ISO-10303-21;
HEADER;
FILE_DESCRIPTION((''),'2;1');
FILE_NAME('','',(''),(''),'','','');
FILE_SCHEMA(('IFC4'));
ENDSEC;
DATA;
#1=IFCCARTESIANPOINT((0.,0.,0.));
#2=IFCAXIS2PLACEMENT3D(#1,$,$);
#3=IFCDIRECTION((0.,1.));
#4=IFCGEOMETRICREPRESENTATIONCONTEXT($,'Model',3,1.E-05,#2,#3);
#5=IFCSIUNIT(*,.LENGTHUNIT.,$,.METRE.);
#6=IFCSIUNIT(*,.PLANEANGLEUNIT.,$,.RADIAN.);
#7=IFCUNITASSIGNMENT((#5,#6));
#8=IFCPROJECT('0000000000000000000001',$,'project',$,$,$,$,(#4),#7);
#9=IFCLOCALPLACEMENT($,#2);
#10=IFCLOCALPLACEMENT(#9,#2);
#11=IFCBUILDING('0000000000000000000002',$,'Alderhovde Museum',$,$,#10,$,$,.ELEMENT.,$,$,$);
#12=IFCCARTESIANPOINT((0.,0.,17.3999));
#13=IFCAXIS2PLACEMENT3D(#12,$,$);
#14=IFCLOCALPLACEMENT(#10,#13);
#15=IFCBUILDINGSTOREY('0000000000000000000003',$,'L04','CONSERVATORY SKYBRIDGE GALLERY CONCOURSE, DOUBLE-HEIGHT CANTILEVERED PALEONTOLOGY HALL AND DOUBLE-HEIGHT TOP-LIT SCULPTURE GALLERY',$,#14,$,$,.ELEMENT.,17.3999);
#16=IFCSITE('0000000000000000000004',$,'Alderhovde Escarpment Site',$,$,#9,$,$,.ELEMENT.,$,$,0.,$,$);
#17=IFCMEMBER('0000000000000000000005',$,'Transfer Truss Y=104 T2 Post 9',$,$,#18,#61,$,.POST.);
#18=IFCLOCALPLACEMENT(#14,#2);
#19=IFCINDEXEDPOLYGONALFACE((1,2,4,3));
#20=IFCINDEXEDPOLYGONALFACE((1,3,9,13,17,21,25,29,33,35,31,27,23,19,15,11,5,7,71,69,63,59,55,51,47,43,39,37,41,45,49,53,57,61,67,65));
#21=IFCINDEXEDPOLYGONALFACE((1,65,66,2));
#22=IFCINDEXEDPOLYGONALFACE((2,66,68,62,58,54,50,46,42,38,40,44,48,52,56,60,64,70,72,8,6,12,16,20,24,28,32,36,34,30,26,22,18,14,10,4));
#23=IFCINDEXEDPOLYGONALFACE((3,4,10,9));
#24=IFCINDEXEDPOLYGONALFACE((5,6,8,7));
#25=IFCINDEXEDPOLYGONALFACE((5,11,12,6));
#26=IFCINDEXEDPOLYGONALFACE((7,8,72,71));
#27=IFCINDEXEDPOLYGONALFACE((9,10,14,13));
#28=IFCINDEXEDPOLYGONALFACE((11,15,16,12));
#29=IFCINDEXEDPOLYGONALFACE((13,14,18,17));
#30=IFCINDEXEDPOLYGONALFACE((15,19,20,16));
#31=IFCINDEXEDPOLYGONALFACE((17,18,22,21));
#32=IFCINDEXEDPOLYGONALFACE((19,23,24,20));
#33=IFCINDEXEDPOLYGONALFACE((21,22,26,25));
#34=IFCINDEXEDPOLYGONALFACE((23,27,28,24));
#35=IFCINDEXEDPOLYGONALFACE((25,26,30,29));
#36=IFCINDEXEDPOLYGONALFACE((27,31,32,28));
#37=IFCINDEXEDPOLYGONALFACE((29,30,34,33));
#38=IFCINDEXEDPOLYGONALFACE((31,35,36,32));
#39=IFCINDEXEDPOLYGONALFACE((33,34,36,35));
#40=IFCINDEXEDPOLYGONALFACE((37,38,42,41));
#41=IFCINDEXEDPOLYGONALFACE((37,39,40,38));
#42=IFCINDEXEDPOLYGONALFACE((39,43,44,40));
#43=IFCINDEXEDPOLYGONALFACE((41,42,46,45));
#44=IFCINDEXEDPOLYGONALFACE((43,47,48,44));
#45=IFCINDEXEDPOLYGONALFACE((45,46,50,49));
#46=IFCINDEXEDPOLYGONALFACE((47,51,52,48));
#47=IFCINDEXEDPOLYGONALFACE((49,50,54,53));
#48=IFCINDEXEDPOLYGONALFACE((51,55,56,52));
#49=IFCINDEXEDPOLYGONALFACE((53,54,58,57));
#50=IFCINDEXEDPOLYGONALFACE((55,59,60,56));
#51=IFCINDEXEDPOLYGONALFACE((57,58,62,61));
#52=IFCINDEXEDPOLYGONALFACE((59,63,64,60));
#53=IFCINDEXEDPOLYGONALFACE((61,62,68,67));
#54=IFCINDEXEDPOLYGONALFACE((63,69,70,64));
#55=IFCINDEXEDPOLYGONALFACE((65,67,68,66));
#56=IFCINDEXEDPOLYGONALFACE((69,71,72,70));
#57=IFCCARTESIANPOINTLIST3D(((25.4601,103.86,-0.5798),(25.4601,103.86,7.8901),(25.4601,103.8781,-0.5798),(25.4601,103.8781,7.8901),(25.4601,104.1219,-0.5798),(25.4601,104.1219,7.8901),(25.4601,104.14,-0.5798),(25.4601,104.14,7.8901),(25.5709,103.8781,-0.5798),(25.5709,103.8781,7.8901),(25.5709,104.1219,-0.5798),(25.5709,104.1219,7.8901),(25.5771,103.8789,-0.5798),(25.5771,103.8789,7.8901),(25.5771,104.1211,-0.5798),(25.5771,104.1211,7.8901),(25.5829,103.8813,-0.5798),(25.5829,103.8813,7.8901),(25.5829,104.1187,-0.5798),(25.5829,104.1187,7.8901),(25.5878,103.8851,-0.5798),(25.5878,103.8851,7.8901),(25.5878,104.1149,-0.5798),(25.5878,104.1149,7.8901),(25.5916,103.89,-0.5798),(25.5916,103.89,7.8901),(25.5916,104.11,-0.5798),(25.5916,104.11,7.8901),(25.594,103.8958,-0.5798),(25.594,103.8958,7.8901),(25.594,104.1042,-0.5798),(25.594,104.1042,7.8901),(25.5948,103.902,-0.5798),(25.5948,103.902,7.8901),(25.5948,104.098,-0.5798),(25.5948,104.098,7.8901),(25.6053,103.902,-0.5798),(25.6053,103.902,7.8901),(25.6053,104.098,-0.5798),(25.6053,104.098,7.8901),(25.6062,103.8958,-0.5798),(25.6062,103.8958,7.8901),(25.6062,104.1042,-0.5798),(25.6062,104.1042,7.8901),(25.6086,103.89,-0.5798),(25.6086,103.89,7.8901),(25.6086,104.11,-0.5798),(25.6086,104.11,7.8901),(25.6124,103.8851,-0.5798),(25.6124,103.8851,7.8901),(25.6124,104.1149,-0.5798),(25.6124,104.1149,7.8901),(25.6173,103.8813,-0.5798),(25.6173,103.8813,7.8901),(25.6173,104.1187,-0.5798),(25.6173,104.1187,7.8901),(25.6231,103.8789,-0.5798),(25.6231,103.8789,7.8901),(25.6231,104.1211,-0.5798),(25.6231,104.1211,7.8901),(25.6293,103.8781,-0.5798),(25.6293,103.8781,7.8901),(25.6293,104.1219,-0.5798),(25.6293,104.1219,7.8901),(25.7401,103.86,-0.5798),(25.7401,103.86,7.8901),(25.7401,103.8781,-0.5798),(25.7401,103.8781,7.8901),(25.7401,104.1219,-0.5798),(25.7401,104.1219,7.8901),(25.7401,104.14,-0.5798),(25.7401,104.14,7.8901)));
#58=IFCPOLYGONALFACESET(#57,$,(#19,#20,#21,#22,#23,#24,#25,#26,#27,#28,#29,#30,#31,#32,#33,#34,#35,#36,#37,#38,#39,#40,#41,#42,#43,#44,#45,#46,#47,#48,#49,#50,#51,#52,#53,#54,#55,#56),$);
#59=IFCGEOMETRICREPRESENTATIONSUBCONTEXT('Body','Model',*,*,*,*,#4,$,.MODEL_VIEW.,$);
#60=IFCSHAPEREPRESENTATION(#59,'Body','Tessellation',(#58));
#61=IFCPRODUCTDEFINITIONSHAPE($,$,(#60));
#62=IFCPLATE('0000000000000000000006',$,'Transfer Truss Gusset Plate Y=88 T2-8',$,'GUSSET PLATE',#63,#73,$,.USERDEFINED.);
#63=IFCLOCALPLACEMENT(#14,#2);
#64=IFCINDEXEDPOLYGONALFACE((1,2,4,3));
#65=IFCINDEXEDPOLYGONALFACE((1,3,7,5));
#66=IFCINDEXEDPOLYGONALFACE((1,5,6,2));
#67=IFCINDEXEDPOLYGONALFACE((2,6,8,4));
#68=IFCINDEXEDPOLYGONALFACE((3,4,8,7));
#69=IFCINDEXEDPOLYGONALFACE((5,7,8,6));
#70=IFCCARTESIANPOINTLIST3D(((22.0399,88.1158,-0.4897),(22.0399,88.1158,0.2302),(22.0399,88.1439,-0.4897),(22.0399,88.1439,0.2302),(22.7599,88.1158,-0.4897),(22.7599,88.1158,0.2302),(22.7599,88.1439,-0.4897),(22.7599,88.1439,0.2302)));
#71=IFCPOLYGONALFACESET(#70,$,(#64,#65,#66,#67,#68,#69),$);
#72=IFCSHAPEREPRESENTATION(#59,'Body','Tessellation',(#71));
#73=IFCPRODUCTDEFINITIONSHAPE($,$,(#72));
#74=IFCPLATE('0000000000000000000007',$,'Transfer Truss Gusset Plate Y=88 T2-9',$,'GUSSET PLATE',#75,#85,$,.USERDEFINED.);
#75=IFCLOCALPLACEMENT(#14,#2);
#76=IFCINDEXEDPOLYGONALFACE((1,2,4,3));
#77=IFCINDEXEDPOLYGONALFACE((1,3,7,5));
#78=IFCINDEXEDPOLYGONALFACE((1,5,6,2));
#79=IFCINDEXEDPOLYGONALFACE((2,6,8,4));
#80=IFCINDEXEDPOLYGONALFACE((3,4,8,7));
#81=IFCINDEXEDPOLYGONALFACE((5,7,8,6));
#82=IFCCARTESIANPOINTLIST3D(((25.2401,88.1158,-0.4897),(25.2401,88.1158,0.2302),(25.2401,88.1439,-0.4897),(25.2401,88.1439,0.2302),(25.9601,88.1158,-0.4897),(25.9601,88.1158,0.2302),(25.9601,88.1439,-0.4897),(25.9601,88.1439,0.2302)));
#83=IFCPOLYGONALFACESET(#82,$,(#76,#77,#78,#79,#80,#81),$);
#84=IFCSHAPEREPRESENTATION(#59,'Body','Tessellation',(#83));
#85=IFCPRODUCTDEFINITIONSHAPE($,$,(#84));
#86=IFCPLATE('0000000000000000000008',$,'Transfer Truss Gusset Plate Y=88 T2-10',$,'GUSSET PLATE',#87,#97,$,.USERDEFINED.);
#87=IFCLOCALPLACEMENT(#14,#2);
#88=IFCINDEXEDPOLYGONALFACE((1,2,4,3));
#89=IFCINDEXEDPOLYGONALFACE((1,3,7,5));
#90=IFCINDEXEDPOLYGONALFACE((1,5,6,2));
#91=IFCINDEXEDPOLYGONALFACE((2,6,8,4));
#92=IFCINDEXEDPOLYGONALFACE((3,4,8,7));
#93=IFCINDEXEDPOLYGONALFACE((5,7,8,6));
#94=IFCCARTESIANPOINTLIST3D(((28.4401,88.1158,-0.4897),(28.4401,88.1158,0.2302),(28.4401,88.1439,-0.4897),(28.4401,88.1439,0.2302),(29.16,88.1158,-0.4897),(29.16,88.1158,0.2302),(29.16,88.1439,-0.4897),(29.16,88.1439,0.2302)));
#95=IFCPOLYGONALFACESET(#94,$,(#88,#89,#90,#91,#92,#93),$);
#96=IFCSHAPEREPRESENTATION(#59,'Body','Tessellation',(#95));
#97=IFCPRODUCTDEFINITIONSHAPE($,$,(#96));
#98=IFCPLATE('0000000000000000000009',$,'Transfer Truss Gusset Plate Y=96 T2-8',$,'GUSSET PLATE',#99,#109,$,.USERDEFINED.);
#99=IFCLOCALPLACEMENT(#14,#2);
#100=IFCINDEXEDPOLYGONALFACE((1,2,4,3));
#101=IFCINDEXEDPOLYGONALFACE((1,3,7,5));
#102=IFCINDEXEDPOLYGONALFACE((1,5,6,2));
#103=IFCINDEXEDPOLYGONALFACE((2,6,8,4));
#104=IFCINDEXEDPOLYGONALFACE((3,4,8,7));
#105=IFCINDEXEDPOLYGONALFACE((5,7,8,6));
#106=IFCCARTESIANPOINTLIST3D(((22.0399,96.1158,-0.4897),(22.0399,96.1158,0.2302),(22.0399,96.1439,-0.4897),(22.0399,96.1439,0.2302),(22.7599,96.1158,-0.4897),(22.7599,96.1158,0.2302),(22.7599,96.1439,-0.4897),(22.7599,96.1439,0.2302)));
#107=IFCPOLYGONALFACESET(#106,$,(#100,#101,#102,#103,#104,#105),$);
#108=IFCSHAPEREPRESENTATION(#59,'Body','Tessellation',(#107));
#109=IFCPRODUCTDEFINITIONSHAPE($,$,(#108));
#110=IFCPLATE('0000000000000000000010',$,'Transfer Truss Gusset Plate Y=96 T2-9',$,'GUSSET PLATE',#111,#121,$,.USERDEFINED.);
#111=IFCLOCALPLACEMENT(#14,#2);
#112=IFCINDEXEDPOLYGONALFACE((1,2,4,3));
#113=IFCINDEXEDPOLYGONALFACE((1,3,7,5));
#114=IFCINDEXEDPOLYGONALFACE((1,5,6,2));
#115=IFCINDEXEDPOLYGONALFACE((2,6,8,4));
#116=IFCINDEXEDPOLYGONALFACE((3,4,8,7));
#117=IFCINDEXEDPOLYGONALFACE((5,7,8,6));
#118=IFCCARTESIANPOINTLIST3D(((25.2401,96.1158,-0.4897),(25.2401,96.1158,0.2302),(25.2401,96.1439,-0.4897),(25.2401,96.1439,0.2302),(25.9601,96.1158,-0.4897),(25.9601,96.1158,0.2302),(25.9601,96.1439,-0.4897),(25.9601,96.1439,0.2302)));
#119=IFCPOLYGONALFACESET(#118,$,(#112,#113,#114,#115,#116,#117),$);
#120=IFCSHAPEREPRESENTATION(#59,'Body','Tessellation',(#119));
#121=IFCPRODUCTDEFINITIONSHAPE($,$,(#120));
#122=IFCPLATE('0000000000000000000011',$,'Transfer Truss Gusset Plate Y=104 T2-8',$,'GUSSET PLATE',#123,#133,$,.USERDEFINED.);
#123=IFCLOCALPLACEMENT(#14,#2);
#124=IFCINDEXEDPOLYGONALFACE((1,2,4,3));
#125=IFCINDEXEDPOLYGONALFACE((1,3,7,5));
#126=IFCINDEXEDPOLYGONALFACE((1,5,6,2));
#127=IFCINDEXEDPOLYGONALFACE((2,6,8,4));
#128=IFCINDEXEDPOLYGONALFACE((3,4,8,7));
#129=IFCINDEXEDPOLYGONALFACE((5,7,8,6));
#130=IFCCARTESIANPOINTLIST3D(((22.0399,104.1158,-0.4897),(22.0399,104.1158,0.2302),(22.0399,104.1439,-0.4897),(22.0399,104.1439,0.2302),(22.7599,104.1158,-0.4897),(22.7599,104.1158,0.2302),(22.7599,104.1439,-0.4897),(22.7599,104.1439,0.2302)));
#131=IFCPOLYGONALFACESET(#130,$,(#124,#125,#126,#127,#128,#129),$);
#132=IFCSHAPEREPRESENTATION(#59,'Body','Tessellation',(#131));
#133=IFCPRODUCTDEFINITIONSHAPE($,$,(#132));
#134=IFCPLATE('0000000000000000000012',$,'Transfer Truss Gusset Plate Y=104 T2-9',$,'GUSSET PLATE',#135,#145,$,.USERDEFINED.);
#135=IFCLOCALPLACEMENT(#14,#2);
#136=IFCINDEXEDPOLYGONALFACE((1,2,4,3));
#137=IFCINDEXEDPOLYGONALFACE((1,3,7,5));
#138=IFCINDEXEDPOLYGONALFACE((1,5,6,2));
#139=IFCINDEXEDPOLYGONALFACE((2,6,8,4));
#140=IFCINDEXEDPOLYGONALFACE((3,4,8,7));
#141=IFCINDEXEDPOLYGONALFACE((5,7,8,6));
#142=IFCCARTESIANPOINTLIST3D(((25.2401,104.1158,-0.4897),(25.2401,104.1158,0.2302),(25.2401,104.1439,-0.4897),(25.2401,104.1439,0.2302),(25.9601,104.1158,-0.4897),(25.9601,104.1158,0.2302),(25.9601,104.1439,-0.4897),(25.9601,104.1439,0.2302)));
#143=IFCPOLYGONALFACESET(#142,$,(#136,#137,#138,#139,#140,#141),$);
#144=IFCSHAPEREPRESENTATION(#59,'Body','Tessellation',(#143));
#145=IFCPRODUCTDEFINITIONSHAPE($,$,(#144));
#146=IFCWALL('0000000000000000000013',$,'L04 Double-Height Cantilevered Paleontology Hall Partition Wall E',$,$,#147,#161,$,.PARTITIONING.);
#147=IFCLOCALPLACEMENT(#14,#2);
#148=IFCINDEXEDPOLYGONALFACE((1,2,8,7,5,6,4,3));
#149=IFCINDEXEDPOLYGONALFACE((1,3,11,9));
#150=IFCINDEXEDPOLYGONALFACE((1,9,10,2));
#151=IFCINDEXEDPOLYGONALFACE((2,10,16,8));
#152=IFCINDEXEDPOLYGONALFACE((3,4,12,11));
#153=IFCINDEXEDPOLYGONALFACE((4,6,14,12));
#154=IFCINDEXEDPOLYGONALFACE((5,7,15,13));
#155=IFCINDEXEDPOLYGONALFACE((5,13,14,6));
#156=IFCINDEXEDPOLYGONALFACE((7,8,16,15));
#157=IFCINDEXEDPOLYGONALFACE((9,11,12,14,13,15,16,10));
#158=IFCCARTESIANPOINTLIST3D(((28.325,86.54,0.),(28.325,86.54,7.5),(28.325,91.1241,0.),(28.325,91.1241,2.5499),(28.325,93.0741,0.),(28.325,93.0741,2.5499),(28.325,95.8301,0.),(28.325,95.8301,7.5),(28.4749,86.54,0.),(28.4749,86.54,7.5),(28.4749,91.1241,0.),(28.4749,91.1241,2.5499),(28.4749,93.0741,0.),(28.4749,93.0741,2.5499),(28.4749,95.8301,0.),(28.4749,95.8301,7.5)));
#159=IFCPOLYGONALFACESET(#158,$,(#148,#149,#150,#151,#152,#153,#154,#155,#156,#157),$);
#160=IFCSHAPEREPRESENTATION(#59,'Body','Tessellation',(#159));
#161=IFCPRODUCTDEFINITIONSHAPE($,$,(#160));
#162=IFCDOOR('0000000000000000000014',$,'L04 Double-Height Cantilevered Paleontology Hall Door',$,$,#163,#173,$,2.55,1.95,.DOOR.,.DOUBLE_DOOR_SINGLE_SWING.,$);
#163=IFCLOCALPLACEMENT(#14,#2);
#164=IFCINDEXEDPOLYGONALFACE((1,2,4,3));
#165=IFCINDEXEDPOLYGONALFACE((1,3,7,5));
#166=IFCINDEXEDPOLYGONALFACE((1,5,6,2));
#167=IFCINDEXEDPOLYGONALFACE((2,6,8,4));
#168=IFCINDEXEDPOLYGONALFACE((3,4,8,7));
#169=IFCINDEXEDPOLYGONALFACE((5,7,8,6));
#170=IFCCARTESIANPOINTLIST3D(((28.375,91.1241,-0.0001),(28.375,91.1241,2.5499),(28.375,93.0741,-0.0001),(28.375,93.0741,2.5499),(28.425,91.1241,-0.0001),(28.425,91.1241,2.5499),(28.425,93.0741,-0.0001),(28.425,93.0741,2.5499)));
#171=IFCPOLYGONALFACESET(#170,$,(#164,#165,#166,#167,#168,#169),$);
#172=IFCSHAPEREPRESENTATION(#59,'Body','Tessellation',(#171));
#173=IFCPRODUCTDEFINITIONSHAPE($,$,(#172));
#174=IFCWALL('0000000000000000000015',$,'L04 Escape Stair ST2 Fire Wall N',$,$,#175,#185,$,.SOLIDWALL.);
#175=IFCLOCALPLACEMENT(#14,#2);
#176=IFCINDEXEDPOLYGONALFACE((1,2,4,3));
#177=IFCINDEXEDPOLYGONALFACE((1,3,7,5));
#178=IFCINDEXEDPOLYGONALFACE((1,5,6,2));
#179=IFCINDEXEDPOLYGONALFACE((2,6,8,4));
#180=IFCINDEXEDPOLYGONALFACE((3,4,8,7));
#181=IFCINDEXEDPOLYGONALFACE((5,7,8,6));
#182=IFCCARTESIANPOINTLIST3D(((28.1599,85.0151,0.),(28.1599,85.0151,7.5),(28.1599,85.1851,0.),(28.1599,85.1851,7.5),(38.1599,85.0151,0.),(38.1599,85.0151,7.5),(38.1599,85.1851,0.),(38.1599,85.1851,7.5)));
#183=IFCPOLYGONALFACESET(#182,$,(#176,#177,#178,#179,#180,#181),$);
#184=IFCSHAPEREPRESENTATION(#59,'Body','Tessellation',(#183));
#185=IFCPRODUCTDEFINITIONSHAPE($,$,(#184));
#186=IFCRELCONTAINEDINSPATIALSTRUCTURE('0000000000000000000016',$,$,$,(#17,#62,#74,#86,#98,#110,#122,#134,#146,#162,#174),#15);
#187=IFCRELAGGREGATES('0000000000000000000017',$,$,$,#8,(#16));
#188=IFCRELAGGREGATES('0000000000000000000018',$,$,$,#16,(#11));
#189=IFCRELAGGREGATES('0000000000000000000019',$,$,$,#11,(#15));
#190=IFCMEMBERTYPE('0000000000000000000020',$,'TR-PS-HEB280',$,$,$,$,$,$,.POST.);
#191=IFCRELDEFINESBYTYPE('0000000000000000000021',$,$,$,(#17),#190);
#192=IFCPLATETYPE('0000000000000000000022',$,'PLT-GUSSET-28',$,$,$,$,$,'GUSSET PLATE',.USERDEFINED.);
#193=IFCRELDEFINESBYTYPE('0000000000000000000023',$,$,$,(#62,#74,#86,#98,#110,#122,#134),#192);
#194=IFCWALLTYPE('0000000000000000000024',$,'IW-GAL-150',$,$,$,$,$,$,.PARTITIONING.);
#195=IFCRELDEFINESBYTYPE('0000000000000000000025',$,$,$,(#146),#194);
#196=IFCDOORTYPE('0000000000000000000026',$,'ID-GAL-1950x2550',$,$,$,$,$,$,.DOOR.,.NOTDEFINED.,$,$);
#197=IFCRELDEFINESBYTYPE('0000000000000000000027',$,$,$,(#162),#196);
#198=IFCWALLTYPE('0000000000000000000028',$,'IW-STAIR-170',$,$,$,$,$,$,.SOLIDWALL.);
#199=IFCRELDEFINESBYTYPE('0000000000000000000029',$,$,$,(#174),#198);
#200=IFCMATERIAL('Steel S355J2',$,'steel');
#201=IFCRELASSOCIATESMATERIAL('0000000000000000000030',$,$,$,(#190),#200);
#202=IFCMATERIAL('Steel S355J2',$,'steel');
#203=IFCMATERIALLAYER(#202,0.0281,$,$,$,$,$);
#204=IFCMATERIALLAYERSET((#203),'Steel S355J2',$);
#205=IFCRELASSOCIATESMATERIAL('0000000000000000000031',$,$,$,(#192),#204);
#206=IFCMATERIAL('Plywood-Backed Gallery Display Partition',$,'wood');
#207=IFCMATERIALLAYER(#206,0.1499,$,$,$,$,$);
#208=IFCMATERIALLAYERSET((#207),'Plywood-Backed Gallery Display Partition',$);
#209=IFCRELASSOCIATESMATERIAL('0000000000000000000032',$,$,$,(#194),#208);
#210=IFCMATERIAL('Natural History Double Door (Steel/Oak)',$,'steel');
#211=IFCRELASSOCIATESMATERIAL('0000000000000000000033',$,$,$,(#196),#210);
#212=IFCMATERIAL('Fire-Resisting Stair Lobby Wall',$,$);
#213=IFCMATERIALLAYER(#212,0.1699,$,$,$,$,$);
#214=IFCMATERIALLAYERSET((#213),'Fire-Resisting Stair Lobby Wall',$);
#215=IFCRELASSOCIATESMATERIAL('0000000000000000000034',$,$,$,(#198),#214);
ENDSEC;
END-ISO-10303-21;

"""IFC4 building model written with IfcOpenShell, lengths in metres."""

from ifc_helpers import new_model, si_unit, direction, frame, frame_2d, origin, origin_2d, place, context, subcontext, project, spatial, rectangle, i_section, extrude, material, layer, layer_set, material_profile, profile_set, type_object, element, fill, save


model = new_model("IFC4")

# Units and contexts
model_context = context("Model", 3, precision=1e-05, world=origin(), true_north=direction((0.0, 1.0)))
body_context = subcontext(model_context, "Body", "Model", "MODEL_VIEW")
ifc_project = project(units=[si_unit("LENGTHUNIT", "METRE"), si_unit("PLANEANGLEUNIT", "RADIAN")], contexts=[model_context])

# Site, building, storey
site_placement = place(None, origin())
site = spatial("IfcSite", under=ifc_project, at=site_placement, Name="Alderhovde Escarpment Site", CompositionType="ELEMENT", RefElevation=0.0)
building_placement = place(site_placement, origin())
building = spatial("IfcBuilding", under=site, at=building_placement, Name="Alderhovde Museum", CompositionType="ELEMENT")
storey_placement = place(building_placement, frame((0.0, 0.0, 17.3999)))
storey = spatial("IfcBuildingStorey", under=building, at=storey_placement, Name="L04", Description="CONSERVATORY SKYBRIDGE GALLERY CONCOURSE, DOUBLE-HEIGHT CANTILEVERED PALEONTOLOGY HALL AND DOUBLE-HEIGHT TOP-LIT SCULPTURE GALLERY", CompositionType="ELEMENT", Elevation=17.3999)

# Member
ifc_material_1 = material(Name="Steel S355J2", Category="steel")
ifc_material_profile_1 = material_profile(ifc_material_1, i_section(OverallWidth=0.28, OverallDepth=0.28, WebThickness=0.0105, FlangeThickness=0.0181, FilletRadius=0.0239, at=origin_2d()), Name="HEB 280")
ifc_profile_set_1 = profile_set([ifc_material_profile_1], Name="Steel S355J2")
member_type_1 = type_object("IfcMemberType", Name="TR-PS-HEB280", PredefinedType="POST", material=ifc_profile_set_1)
for number, where, z_axis, x_axis, name in (
    (1, (25.6001, 104.0, -0.5798), (0.0, 0.0, 1.0), (1.0, 0.0, 0.0), "Transfer Truss Y=104 T2 Post 9"),
):
    element("IfcMember", number, at=place(storey_placement, frame(where, z_axis=z_axis, x_axis=x_axis)), inside=storey, type_object=member_type_1, Name=name, PredefinedType="POST", context=body_context, shape_type="SweptSolid", body=[
        extrude(i_section(OverallWidth=0.28, OverallDepth=0.28, WebThickness=0.0105, FlangeThickness=0.0181, FilletRadius=0.0239, at=origin_2d()), origin(), (0.0, 0.0, 1.0), 8.47),
    ])

# Plates
ifc_material_2 = material(Name="Steel S355J2", Category="steel")
ifc_layer_1 = layer(ifc_material_2, 0.0281)
ifc_layer_set_1 = layer_set([ifc_layer_1], Name="Steel S355J2")
plate_type = type_object("IfcPlateType", Name="PLT-GUSSET-28", ElementType="GUSSET PLATE", PredefinedType="USERDEFINED", material=ifc_layer_set_1)
for number, where, z_axis, x_axis, name in (
    (2, (22.3999, 88.1299, -0.4897), (0.0, 0.0, 1.0), (1.0, 0.0, 0.0), "Transfer Truss Gusset Plate Y=88 T2-8"),
    (3, (25.6001, 88.1299, -0.4897), (0.0, 0.0, 1.0), (1.0, 0.0, 0.0), "Transfer Truss Gusset Plate Y=88 T2-9"),
    (4, (28.8, 88.1299, -0.4897), (0.0, 0.0, 1.0), (1.0, 0.0, 0.0), "Transfer Truss Gusset Plate Y=88 T2-10"),
    (5, (22.3999, 96.1299, -0.4897), (0.0, 0.0, 1.0), (1.0, 0.0, 0.0), "Transfer Truss Gusset Plate Y=96 T2-8"),
    (6, (25.6001, 96.1299, -0.4897), (0.0, 0.0, 1.0), (1.0, 0.0, 0.0), "Transfer Truss Gusset Plate Y=96 T2-9"),
    (7, (22.3999, 104.1299, -0.4897), (0.0, 0.0, 1.0), (1.0, 0.0, 0.0), "Transfer Truss Gusset Plate Y=104 T2-8"),
    (8, (25.6001, 104.1299, -0.4897), (0.0, 0.0, 1.0), (1.0, 0.0, 0.0), "Transfer Truss Gusset Plate Y=104 T2-9"),
):
    element("IfcPlate", number, at=place(storey_placement, frame(where, z_axis=z_axis, x_axis=x_axis)), inside=storey, type_object=plate_type, Name=name, ObjectType="GUSSET PLATE", PredefinedType="USERDEFINED", context=body_context, shape_type="SweptSolid", body=[
        extrude(rectangle(XDim=0.72, YDim=0.0281, at=origin_2d()), origin(), (0.0, 0.0, 1.0), 0.72),
    ])

# Wall, opening, door
ifc_material_3 = material(Name="Plywood-Backed Gallery Display Partition", Category="wood")
ifc_layer_2 = layer(ifc_material_3, 0.1499)
ifc_layer_set_2 = layer_set([ifc_layer_2], Name="Plywood-Backed Gallery Display Partition")
wall_type_1 = type_object("IfcWallType", Name="IW-GAL-150", PredefinedType="PARTITIONING", material=ifc_layer_set_2)
wall_1_placement = place(storey_placement, frame((28.3999, 86.54, 0.0), z_axis=(0.0, 0.0, 1.0), x_axis=(0.0, 1.0, 0.0)))
wall_1 = element("IfcWall", 9, at=wall_1_placement, inside=storey, type_object=wall_type_1, Name="L04 Double-Height Cantilevered Paleontology Hall Partition Wall E", PredefinedType="PARTITIONING", context=body_context, shape_type="SweptSolid", body=[
    extrude(rectangle(XDim=9.29, YDim=0.1499, at=frame_2d((4.645, 0.0))), origin(), (0.0, 0.0, 1.0), 7.5),
])
opening_placement = place(wall_1_placement, frame((4.584, 0.0, 0.0)))
opening = element("IfcOpeningElement", 10, at=opening_placement, cuts=wall_1, PredefinedType="OPENING", context=body_context, shape_type="SweptSolid", body=[
    extrude(rectangle(XDim=1.95, YDim=2.55, at=frame_2d((0.9751, 1.2749))), frame((0.0, 0.085, 0.0), z_axis=(0.0, -1.0, 0.0), x_axis=(1.0, 0.0, 0.0)), (0.0, 0.0, 1.0), 0.1699),
])
ifc_material_4 = material(Name="Natural History Double Door (Steel/Oak)", Category="steel")
door_type = type_object("IfcDoorType", Name="ID-GAL-1950x2550", OperationType="NOTDEFINED", PredefinedType="DOOR", material=ifc_material_4)
door_placement = place(opening_placement, origin())
door = element("IfcDoor", 11, at=door_placement, inside=storey, type_object=door_type, Name="L04 Double-Height Cantilevered Paleontology Hall Door", OperationType="DOUBLE_DOOR_SINGLE_SWING", OverallHeight=2.55, OverallWidth=1.95, PredefinedType="DOOR", context=body_context, shape_type="SweptSolid", body=[
    extrude(rectangle(XDim=1.95, YDim=2.55, at=frame_2d((0.9751, 1.2749))), frame((0.0, 0.0249, 0.0), z_axis=(0.0, -1.0, 0.0), x_axis=(1.0, 0.0, 0.0)), (0.0, 0.0, 1.0), 0.05),
])
fill(opening, door)

# Wall
ifc_material_5 = material(Name="Fire-Resisting Stair Lobby Wall")
ifc_layer_3 = layer(ifc_material_5, 0.1699)
ifc_layer_set_3 = layer_set([ifc_layer_3], Name="Fire-Resisting Stair Lobby Wall")
wall_type_2 = type_object("IfcWallType", Name="IW-STAIR-170", PredefinedType="SOLIDWALL", material=ifc_layer_set_3)
wall_2_placement = place(storey_placement, frame((28.1599, 85.1001, 0.0), z_axis=(0.0, 0.0, 1.0), x_axis=(1.0, 0.0, 0.0)))
element("IfcWall", 12, at=wall_2_placement, inside=storey, type_object=wall_type_2, Name="L04 Escape Stair ST2 Fire Wall N", PredefinedType="SOLIDWALL", context=body_context, shape_type="SweptSolid", body=[
    extrude(rectangle(XDim=10.0, YDim=0.1699, at=frame_2d((5.0, 0.0))), origin(), (0.0, 0.0, 1.0), 7.5),
])

save(model, "model.ifc")
